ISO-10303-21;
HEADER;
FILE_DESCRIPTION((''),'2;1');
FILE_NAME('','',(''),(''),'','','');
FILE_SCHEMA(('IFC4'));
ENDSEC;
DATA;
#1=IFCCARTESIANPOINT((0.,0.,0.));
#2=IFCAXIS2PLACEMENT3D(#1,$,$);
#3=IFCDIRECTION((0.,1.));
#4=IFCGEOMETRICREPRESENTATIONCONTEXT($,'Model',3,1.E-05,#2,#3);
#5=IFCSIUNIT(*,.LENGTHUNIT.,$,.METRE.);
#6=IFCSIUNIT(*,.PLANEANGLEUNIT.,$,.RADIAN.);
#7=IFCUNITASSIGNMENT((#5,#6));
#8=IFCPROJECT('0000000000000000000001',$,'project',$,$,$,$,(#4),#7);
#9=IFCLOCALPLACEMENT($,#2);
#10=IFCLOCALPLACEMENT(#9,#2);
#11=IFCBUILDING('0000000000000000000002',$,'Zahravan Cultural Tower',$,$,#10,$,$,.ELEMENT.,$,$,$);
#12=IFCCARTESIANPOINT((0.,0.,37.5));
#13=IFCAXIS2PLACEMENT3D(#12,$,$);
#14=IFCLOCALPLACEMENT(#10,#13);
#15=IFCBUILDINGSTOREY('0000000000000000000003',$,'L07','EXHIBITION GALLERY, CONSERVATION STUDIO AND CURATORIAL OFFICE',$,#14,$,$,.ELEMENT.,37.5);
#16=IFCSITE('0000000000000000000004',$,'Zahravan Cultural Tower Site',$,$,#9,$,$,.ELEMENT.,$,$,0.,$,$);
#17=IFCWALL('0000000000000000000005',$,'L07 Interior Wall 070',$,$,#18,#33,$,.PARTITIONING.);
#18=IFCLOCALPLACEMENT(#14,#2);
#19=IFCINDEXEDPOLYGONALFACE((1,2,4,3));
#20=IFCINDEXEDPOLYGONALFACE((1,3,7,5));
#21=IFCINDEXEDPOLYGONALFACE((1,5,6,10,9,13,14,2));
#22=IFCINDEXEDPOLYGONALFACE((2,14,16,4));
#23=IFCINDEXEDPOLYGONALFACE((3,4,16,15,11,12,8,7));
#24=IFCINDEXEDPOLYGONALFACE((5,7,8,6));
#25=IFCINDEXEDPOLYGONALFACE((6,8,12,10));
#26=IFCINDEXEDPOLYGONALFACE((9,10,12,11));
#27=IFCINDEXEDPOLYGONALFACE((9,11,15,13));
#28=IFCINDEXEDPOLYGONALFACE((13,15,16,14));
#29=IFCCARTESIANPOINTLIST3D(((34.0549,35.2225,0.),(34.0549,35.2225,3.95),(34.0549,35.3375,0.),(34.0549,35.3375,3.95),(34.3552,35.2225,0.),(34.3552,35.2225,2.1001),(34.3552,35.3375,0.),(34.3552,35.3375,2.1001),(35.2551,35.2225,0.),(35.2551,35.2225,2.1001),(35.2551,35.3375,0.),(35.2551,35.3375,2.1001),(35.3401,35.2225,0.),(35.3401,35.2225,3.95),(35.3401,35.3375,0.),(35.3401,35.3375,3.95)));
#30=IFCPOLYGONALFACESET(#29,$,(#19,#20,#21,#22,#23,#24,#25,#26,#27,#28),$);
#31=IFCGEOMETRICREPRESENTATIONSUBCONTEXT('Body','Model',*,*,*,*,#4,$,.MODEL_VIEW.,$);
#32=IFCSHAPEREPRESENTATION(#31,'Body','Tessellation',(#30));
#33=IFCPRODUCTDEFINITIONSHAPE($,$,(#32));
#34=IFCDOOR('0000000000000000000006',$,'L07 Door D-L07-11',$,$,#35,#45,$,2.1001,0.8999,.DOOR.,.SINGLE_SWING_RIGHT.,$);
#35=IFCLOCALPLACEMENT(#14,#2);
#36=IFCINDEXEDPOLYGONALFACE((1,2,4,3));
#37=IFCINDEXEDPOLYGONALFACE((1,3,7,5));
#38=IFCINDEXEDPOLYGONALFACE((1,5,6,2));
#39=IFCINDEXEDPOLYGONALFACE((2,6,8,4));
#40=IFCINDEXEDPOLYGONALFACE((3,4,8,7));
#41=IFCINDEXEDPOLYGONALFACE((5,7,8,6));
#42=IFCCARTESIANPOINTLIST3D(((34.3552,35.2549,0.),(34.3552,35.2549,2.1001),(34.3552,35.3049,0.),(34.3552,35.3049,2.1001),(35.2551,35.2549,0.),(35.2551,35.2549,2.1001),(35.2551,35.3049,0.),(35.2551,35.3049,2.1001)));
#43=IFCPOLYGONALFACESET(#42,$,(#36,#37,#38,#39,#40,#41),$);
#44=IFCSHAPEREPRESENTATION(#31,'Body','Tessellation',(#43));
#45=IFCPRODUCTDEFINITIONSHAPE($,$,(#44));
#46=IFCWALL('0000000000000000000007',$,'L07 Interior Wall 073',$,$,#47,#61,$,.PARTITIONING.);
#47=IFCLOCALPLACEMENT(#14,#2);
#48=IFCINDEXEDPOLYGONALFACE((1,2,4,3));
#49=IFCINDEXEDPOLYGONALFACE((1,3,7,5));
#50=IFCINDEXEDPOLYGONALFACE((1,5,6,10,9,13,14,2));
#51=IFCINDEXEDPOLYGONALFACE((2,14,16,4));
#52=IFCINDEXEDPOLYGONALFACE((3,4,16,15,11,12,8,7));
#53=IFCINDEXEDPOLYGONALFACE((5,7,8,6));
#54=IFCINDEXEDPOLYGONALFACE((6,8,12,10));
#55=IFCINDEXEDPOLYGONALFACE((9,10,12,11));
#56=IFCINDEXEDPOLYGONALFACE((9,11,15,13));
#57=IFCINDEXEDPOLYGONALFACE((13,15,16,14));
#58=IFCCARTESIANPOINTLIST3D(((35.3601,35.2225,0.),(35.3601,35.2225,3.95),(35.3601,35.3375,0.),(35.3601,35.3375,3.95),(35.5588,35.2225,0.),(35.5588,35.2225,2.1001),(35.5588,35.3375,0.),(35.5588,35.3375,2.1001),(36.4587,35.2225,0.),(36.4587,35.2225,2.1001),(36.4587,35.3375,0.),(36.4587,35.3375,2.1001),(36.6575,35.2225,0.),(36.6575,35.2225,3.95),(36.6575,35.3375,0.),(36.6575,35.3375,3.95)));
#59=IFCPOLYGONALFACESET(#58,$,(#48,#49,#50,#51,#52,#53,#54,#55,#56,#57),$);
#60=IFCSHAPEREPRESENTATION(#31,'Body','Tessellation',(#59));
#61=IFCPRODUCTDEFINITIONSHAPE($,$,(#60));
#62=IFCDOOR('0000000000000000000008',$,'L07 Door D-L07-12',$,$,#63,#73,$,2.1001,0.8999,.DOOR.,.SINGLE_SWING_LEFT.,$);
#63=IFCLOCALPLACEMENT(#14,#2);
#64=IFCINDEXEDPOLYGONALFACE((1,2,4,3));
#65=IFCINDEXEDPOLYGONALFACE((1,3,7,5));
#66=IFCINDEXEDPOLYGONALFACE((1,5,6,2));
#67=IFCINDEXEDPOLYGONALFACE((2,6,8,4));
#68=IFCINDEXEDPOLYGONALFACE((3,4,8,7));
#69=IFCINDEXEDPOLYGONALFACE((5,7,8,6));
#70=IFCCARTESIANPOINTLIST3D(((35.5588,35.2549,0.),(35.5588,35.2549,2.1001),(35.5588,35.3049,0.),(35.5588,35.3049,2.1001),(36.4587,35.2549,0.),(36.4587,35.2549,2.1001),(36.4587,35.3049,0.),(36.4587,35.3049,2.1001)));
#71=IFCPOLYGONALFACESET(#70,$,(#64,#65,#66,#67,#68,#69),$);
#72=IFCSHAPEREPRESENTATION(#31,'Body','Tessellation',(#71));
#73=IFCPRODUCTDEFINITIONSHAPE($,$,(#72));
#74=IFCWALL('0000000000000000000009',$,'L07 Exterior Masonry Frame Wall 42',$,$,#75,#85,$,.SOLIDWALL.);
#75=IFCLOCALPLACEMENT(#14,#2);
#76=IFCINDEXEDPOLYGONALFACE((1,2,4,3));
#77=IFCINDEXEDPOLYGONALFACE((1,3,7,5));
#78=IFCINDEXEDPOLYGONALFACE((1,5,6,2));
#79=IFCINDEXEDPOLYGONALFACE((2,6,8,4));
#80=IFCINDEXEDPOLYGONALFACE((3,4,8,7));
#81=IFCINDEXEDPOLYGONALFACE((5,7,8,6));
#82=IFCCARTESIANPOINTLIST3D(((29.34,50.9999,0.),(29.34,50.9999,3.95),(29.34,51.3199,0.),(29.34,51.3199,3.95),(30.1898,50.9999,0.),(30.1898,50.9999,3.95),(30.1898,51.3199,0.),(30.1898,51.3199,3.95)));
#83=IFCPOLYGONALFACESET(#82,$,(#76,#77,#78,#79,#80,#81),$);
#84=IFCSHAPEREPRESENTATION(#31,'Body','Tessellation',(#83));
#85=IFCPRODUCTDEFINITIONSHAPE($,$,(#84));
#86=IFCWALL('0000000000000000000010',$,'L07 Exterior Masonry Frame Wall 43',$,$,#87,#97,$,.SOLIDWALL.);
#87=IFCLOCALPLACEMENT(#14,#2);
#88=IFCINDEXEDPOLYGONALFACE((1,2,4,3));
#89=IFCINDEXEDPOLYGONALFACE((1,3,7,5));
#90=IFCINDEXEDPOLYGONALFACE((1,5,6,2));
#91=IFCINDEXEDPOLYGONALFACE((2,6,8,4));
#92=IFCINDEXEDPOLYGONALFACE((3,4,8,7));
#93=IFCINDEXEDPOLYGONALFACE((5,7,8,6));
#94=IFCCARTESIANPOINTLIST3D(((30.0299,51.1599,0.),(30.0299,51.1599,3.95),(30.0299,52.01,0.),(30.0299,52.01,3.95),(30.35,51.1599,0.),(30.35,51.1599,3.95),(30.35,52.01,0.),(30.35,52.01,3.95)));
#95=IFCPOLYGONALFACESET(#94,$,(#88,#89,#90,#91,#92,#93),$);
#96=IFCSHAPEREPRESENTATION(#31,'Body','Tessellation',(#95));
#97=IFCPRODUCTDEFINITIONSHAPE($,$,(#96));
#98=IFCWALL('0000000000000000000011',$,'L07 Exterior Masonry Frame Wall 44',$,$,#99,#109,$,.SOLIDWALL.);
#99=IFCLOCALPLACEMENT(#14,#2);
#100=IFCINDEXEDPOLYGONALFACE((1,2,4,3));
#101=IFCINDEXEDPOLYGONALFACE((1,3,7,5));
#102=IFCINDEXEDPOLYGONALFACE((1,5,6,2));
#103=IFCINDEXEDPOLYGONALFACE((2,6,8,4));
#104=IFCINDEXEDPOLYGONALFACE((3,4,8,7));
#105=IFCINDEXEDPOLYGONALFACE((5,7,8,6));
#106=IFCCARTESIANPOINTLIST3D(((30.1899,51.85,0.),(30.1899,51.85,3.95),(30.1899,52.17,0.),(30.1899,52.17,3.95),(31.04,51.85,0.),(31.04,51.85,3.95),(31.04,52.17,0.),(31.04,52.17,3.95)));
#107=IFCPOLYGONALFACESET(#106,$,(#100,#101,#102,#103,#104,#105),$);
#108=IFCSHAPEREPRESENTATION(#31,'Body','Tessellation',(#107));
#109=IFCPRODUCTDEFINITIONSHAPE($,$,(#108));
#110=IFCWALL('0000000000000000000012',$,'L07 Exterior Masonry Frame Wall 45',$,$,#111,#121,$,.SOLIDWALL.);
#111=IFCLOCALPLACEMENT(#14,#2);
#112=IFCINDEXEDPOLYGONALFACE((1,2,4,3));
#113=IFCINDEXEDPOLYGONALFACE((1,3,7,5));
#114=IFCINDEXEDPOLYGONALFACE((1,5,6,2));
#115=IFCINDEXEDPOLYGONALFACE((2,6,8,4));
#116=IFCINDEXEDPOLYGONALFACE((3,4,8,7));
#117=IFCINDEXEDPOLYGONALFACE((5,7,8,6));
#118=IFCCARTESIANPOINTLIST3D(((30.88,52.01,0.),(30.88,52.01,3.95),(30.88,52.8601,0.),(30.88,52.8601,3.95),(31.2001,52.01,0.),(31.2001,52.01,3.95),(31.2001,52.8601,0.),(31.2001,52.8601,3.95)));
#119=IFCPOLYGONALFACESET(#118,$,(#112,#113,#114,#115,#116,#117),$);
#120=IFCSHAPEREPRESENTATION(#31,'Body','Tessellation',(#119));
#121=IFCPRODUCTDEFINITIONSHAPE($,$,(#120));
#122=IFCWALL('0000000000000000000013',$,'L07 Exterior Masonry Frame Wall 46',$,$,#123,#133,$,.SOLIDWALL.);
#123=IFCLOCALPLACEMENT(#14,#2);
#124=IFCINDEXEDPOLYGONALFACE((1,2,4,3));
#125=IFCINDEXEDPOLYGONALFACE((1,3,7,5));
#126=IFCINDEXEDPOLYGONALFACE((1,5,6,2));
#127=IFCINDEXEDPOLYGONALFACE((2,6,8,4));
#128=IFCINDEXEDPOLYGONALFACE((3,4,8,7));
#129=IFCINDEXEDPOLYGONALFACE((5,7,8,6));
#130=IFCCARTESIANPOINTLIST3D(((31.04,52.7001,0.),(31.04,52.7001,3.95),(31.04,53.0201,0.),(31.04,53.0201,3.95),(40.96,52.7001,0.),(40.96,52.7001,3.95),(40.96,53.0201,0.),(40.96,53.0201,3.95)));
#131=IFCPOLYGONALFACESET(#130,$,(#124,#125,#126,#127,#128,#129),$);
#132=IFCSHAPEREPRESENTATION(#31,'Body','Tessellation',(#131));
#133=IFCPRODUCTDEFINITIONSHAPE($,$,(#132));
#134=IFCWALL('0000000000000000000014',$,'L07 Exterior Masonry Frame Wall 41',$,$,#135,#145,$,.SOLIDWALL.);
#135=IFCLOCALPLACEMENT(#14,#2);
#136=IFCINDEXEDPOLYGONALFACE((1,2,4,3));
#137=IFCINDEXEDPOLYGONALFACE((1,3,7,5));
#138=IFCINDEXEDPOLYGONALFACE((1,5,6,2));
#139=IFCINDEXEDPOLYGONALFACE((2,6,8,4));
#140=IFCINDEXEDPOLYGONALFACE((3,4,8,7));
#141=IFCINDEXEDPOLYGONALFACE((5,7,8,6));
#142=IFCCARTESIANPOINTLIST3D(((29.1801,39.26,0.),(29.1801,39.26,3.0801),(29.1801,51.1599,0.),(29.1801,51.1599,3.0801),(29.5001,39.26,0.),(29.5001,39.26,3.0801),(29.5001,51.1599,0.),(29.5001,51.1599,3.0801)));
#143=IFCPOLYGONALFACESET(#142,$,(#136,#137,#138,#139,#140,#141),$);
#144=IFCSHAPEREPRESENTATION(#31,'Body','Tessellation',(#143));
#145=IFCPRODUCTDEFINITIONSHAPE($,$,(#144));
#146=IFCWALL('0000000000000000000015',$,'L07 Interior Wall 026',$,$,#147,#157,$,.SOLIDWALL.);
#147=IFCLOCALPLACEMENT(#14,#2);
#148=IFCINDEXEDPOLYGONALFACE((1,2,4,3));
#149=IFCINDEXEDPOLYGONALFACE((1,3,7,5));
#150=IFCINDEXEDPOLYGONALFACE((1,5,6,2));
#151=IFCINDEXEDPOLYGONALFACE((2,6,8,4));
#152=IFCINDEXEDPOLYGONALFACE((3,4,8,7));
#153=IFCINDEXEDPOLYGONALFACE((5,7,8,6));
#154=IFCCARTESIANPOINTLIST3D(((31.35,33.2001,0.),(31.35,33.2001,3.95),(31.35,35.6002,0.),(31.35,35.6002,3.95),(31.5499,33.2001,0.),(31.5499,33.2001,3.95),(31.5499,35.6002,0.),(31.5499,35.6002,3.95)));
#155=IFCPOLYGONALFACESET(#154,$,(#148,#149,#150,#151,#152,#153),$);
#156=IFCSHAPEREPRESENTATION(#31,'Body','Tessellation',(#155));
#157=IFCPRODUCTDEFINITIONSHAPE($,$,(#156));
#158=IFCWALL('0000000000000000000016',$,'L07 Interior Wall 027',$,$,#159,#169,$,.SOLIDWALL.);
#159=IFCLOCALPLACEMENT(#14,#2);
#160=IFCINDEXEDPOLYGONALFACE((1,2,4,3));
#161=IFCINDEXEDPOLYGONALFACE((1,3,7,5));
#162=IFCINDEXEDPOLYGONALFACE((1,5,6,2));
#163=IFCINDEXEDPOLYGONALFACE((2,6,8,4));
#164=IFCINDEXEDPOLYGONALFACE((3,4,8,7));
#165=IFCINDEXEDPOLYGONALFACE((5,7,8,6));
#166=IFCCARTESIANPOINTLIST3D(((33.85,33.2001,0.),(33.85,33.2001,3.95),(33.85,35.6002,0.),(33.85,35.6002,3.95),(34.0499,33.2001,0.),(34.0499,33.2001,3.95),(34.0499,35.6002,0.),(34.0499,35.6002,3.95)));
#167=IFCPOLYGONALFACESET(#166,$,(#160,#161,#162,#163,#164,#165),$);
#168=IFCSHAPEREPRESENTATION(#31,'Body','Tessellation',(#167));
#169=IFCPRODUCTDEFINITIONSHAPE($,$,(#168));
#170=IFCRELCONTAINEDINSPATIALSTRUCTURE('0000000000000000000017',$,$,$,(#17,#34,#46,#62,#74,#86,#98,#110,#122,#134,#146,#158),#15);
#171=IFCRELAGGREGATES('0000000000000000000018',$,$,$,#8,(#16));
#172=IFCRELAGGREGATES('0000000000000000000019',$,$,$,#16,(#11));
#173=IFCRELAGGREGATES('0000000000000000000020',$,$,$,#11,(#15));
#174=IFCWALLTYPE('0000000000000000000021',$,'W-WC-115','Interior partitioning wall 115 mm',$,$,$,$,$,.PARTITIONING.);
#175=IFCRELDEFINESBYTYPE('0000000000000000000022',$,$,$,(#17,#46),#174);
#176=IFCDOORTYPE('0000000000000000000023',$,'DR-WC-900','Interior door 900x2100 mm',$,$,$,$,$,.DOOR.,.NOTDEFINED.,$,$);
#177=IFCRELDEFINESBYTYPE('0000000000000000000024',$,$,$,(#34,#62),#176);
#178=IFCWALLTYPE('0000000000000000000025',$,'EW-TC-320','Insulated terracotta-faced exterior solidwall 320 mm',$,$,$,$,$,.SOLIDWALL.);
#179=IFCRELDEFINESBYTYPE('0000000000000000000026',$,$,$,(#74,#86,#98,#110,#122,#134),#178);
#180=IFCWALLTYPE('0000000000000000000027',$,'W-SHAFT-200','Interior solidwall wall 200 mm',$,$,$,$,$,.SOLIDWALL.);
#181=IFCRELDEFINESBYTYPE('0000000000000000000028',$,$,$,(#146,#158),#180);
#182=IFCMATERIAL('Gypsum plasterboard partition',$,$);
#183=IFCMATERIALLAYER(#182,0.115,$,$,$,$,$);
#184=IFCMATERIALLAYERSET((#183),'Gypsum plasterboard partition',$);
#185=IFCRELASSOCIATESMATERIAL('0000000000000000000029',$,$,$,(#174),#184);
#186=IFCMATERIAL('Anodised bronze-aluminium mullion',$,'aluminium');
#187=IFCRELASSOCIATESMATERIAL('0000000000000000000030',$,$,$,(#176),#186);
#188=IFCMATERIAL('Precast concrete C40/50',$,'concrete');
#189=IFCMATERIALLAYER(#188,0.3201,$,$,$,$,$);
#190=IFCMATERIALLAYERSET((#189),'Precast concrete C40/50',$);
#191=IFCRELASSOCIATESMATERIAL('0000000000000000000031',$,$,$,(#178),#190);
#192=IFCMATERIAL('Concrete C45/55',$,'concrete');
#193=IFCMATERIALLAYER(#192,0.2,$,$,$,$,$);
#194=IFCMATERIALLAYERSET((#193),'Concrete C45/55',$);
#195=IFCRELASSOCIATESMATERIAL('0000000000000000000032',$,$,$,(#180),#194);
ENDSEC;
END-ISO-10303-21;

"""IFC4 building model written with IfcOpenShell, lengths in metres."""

from ifc_helpers import new_model, si_unit, direction, frame, frame_2d, origin, place, context, subcontext, project, spatial, rectangle, extrude, source, transform, mapped, material, layer, layer_set, type_object, element, fill, save


model = new_model("IFC4")

# Units and contexts
model_context = context("Model", 3, precision=1e-05, world=origin(), true_north=direction((0.0, 1.0)))
body_context = subcontext(model_context, "Body", "Model", "MODEL_VIEW")
ifc_project = project(units=[si_unit("LENGTHUNIT", "METRE"), si_unit("PLANEANGLEUNIT", "RADIAN")], contexts=[model_context])

# Site, building, storey
site_placement = place(None, origin())
site = spatial("IfcSite", under=ifc_project, at=site_placement, Name="Zahravan Cultural Tower Site", CompositionType="ELEMENT", RefElevation=0.0)
building_placement = place(site_placement, origin())
building = spatial("IfcBuilding", under=site, at=building_placement, Name="Zahravan Cultural Tower", CompositionType="ELEMENT")
storey_placement = place(building_placement, frame((0.0, 0.0, 37.5)))
storey = spatial("IfcBuildingStorey", under=building, at=storey_placement, Name="L07", Description="EXHIBITION GALLERY, CONSERVATION STUDIO AND CURATORIAL OFFICE", CompositionType="ELEMENT", Elevation=37.5)

# Walls, openings, doors
ifc_material_1 = material(Name="Gypsum plasterboard partition")
ifc_layer_1 = layer(ifc_material_1, 0.115)
ifc_layer_set_1 = layer_set([ifc_layer_1], Name="Gypsum plasterboard partition")
wall_type_1 = type_object("IfcWallType", Name="W-WC-115", Description="Interior partitioning wall 115 mm", PredefinedType="PARTITIONING", material=ifc_layer_set_1)
wall_1_placement = place(storey_placement, frame((34.0549, 35.28, 0.0), z_axis=(0.0, 0.0, 1.0), x_axis=(1.0, 0.0, 0.0)))
wall_1 = element("IfcWall", 1, at=wall_1_placement, inside=storey, type_object=wall_type_1, Name="L07 Interior Wall 070", PredefinedType="PARTITIONING", context=body_context, shape_type="SweptSolid", body=[
    extrude(rectangle(XDim=1.2852, YDim=0.115, at=frame_2d((0.6426, 0.0))), origin(), (0.0, 0.0, 1.0), 3.95),
])
opening_1_placement = place(wall_1_placement, frame((0.3003, 0.0, 0.0)))
opening_1 = element("IfcOpeningElement", 2, at=opening_1_placement, cuts=wall_1, PredefinedType="OPENING", context=body_context, shape_type="SweptSolid", body=[
    extrude(rectangle(XDim=0.8999, YDim=2.1001, at=frame_2d((0.45, 1.05))), frame((0.0, 0.0674, 0.0), z_axis=(0.0, -1.0, 0.0), x_axis=(1.0, 0.0, 0.0)), (0.0, 0.0, 1.0), 0.135),
])
ifc_material_2 = material(Name="Anodised bronze-aluminium mullion", Category="aluminium")
door_type = type_object("IfcDoorType", Name="DR-WC-900", Description="Interior door 900x2100 mm", OperationType="NOTDEFINED", PredefinedType="DOOR", material=ifc_material_2)
shared_shape_1 = source(origin(), body_context, "Body", "SweptSolid", [
    extrude(rectangle(XDim=0.8999, YDim=2.1001, at=frame_2d((0.45, 1.05))), frame((0.0, 0.0249, 0.0), z_axis=(0.0, -1.0, 0.0), x_axis=(1.0, 0.0, 0.0)), (0.0, 0.0, 1.0), 0.05),
])
door_1_placement = place(opening_1_placement, origin())
door_1 = element("IfcDoor", 3, at=door_1_placement, inside=storey, type_object=door_type, Name="L07 Door D-L07-11", OperationType="SINGLE_SWING_RIGHT", OverallHeight=2.1001, OverallWidth=0.8999, PredefinedType="DOOR", context=body_context, shape_type="MappedRepresentation", body=[
    mapped(shared_shape_1, transform((0.0, 0.0, 0.0), x_axis=(1.0, 0.0, 0.0), y_axis=(0.0, 1.0, 0.0), z_axis=(0.0, 0.0, 1.0), scale=1.0)),
])
fill(opening_1, door_1)
wall_2_placement = place(storey_placement, frame((35.3601, 35.28, 0.0), z_axis=(0.0, 0.0, 1.0), x_axis=(1.0, 0.0, 0.0)))
wall_2 = element("IfcWall", 4, at=wall_2_placement, inside=storey, type_object=wall_type_1, Name="L07 Interior Wall 073", PredefinedType="PARTITIONING", context=body_context, shape_type="SweptSolid", body=[
    extrude(rectangle(XDim=1.2974, YDim=0.115, at=frame_2d((0.6487, 0.0))), origin(), (0.0, 0.0, 1.0), 3.95),
])
opening_2_placement = place(wall_2_placement, frame((0.1987, 0.0, 0.0)))
opening_2 = element("IfcOpeningElement", 5, at=opening_2_placement, cuts=wall_2, PredefinedType="OPENING", context=body_context, shape_type="SweptSolid", body=[
    extrude(rectangle(XDim=0.8999, YDim=2.1001, at=frame_2d((0.45, 1.05))), frame((0.0, 0.0674, 0.0), z_axis=(0.0, -1.0, 0.0), x_axis=(1.0, 0.0, 0.0)), (0.0, 0.0, 1.0), 0.135),
])
door_2_placement = place(opening_2_placement, origin())
door_2 = element("IfcDoor", 6, at=door_2_placement, inside=storey, type_object=door_type, Name="L07 Door D-L07-12", OperationType="SINGLE_SWING_LEFT", OverallHeight=2.1001, OverallWidth=0.8999, PredefinedType="DOOR", context=body_context, shape_type="MappedRepresentation", body=[
    mapped(shared_shape_1, transform((0.0, 0.0, 0.0), x_axis=(1.0, 0.0, 0.0), y_axis=(0.0, 1.0, 0.0), z_axis=(0.0, 0.0, 1.0), scale=1.0)),
])
fill(opening_2, door_2)

# Walls
ifc_material_3 = material(Name="Precast concrete C40/50", Category="concrete")
ifc_layer_2 = layer(ifc_material_3, 0.3201)
ifc_layer_set_2 = layer_set([ifc_layer_2], Name="Precast concrete C40/50")
wall_type_2 = type_object("IfcWallType", Name="EW-TC-320", Description="Insulated terracotta-faced exterior solidwall 320 mm", PredefinedType="SOLIDWALL", material=ifc_layer_set_2)
shared_shape_2 = source(origin(), body_context, "Body", "SweptSolid", [
    extrude(rectangle(XDim=0.8499, YDim=0.3201, at=frame_2d((0.4248, 0.0))), origin(), (0.0, 0.0, 1.0), 3.95),
])
wall_3_placement = place(storey_placement, frame((29.3401, 51.1599, 0.0), z_axis=(0.0, 0.0, 1.0), x_axis=(1.0, 0.0, 0.0)))
element("IfcWall", 7, at=wall_3_placement, inside=storey, type_object=wall_type_2, Name="L07 Exterior Masonry Frame Wall 42", PredefinedType="SOLIDWALL", context=body_context, shape_type="MappedRepresentation", body=[
    mapped(shared_shape_2, transform((0.0, 0.0, 0.0), x_axis=(1.0, 0.0, 0.0), y_axis=(0.0, 1.0, 0.0), z_axis=(0.0, 0.0, 1.0), scale=1.0)),
])
shared_shape_3 = source(origin(), body_context, "Body", "SweptSolid", [
    extrude(rectangle(XDim=0.8501, YDim=0.3201, at=frame_2d((0.425, 0.0))), origin(), (0.0, 0.0, 1.0), 3.95),
])
for number, where, z_axis, x_axis, name in (
    (8, (30.1899, 51.1599, 0.0), (0.0, 0.0, 1.0), (0.0, 1.0, 0.0), "L07 Exterior Masonry Frame Wall 43"),
    (9, (30.1899, 52.01, 0.0), (0.0, 0.0, 1.0), (1.0, 0.0, 0.0), "L07 Exterior Masonry Frame Wall 44"),
    (10, (31.04, 52.01, 0.0), (0.0, 0.0, 1.0), (0.0, 1.0, 0.0), "L07 Exterior Masonry Frame Wall 45"),
):
    element("IfcWall", number, at=place(storey_placement, frame(where, z_axis=z_axis, x_axis=x_axis)), inside=storey, type_object=wall_type_2, Name=name, PredefinedType="SOLIDWALL", context=body_context, shape_type="MappedRepresentation", body=[
        mapped(shared_shape_3, transform((0.0, 0.0, 0.0), x_axis=(1.0, 0.0, 0.0), y_axis=(0.0, 1.0, 0.0), z_axis=(0.0, 0.0, 1.0), scale=1.0)),
    ])
shared_shape_4 = source(origin(), body_context, "Body", "SweptSolid", [
    extrude(rectangle(XDim=9.9199, YDim=0.3201, at=frame_2d((4.96, 0.0))), origin(), (0.0, 0.0, 1.0), 3.95),
])
wall_4_placement = place(storey_placement, frame((31.04, 52.8601, 0.0), z_axis=(0.0, 0.0, 1.0), x_axis=(1.0, 0.0, 0.0)))
element("IfcWall", 11, at=wall_4_placement, inside=storey, type_object=wall_type_2, Name="L07 Exterior Masonry Frame Wall 46", PredefinedType="SOLIDWALL", context=body_context, shape_type="MappedRepresentation", body=[
    mapped(shared_shape_4, transform((0.0, 0.0, 0.0), x_axis=(1.0, 0.0, 0.0), y_axis=(0.0, 1.0, 0.0), z_axis=(0.0, 0.0, 1.0), scale=1.0)),
])
shared_shape_5 = source(origin(), body_context, "Body", "SweptSolid", [
    extrude(rectangle(XDim=11.8999, YDim=0.3201, at=frame_2d((5.95, 0.0))), origin(), (0.0, 0.0, 1.0), 3.0801),
])
wall_5_placement = place(storey_placement, frame((29.3401, 39.26, 0.0), z_axis=(0.0, 0.0, 1.0), x_axis=(0.0, 1.0, 0.0)))
element("IfcWall", 12, at=wall_5_placement, inside=storey, type_object=wall_type_2, Name="L07 Exterior Masonry Frame Wall 41", PredefinedType="SOLIDWALL", context=body_context, shape_type="MappedRepresentation", body=[
    mapped(shared_shape_5, transform((0.0, 0.0, 0.0), x_axis=(1.0, 0.0, 0.0), y_axis=(0.0, 1.0, 0.0), z_axis=(0.0, 0.0, 1.0), scale=1.0)),
])
ifc_material_4 = material(Name="Concrete C45/55", Category="concrete")
ifc_layer_3 = layer(ifc_material_4, 0.2)
ifc_layer_set_3 = layer_set([ifc_layer_3], Name="Concrete C45/55")
wall_type_3 = type_object("IfcWallType", Name="W-SHAFT-200", Description="Interior solidwall wall 200 mm", PredefinedType="SOLIDWALL", material=ifc_layer_set_3)
shared_shape_6 = source(origin(), body_context, "Body", "SweptSolid", [
    extrude(rectangle(XDim=2.4001, YDim=0.2, at=frame_2d((1.2002, 0.0))), origin(), (0.0, 0.0, 1.0), 3.95),
])
for number, where, z_axis, x_axis, name in (
    (13, (31.45, 33.2, 0.0), (0.0, 0.0, 1.0), (0.0, 1.0, 0.0), "L07 Interior Wall 026"),
    (14, (33.95, 33.2, 0.0), (0.0, 0.0, 1.0), (0.0, 1.0, 0.0), "L07 Interior Wall 027"),
):
    element("IfcWall", number, at=place(storey_placement, frame(where, z_axis=z_axis, x_axis=x_axis)), inside=storey, type_object=wall_type_3, Name=name, PredefinedType="SOLIDWALL", context=body_context, shape_type="MappedRepresentation", body=[
        mapped(shared_shape_6, transform((0.0, 0.0, 0.0), x_axis=(1.0, 0.0, 0.0), y_axis=(0.0, 1.0, 0.0), z_axis=(0.0, 0.0, 1.0), scale=1.0)),
    ])

save(model, "model.ifc")
